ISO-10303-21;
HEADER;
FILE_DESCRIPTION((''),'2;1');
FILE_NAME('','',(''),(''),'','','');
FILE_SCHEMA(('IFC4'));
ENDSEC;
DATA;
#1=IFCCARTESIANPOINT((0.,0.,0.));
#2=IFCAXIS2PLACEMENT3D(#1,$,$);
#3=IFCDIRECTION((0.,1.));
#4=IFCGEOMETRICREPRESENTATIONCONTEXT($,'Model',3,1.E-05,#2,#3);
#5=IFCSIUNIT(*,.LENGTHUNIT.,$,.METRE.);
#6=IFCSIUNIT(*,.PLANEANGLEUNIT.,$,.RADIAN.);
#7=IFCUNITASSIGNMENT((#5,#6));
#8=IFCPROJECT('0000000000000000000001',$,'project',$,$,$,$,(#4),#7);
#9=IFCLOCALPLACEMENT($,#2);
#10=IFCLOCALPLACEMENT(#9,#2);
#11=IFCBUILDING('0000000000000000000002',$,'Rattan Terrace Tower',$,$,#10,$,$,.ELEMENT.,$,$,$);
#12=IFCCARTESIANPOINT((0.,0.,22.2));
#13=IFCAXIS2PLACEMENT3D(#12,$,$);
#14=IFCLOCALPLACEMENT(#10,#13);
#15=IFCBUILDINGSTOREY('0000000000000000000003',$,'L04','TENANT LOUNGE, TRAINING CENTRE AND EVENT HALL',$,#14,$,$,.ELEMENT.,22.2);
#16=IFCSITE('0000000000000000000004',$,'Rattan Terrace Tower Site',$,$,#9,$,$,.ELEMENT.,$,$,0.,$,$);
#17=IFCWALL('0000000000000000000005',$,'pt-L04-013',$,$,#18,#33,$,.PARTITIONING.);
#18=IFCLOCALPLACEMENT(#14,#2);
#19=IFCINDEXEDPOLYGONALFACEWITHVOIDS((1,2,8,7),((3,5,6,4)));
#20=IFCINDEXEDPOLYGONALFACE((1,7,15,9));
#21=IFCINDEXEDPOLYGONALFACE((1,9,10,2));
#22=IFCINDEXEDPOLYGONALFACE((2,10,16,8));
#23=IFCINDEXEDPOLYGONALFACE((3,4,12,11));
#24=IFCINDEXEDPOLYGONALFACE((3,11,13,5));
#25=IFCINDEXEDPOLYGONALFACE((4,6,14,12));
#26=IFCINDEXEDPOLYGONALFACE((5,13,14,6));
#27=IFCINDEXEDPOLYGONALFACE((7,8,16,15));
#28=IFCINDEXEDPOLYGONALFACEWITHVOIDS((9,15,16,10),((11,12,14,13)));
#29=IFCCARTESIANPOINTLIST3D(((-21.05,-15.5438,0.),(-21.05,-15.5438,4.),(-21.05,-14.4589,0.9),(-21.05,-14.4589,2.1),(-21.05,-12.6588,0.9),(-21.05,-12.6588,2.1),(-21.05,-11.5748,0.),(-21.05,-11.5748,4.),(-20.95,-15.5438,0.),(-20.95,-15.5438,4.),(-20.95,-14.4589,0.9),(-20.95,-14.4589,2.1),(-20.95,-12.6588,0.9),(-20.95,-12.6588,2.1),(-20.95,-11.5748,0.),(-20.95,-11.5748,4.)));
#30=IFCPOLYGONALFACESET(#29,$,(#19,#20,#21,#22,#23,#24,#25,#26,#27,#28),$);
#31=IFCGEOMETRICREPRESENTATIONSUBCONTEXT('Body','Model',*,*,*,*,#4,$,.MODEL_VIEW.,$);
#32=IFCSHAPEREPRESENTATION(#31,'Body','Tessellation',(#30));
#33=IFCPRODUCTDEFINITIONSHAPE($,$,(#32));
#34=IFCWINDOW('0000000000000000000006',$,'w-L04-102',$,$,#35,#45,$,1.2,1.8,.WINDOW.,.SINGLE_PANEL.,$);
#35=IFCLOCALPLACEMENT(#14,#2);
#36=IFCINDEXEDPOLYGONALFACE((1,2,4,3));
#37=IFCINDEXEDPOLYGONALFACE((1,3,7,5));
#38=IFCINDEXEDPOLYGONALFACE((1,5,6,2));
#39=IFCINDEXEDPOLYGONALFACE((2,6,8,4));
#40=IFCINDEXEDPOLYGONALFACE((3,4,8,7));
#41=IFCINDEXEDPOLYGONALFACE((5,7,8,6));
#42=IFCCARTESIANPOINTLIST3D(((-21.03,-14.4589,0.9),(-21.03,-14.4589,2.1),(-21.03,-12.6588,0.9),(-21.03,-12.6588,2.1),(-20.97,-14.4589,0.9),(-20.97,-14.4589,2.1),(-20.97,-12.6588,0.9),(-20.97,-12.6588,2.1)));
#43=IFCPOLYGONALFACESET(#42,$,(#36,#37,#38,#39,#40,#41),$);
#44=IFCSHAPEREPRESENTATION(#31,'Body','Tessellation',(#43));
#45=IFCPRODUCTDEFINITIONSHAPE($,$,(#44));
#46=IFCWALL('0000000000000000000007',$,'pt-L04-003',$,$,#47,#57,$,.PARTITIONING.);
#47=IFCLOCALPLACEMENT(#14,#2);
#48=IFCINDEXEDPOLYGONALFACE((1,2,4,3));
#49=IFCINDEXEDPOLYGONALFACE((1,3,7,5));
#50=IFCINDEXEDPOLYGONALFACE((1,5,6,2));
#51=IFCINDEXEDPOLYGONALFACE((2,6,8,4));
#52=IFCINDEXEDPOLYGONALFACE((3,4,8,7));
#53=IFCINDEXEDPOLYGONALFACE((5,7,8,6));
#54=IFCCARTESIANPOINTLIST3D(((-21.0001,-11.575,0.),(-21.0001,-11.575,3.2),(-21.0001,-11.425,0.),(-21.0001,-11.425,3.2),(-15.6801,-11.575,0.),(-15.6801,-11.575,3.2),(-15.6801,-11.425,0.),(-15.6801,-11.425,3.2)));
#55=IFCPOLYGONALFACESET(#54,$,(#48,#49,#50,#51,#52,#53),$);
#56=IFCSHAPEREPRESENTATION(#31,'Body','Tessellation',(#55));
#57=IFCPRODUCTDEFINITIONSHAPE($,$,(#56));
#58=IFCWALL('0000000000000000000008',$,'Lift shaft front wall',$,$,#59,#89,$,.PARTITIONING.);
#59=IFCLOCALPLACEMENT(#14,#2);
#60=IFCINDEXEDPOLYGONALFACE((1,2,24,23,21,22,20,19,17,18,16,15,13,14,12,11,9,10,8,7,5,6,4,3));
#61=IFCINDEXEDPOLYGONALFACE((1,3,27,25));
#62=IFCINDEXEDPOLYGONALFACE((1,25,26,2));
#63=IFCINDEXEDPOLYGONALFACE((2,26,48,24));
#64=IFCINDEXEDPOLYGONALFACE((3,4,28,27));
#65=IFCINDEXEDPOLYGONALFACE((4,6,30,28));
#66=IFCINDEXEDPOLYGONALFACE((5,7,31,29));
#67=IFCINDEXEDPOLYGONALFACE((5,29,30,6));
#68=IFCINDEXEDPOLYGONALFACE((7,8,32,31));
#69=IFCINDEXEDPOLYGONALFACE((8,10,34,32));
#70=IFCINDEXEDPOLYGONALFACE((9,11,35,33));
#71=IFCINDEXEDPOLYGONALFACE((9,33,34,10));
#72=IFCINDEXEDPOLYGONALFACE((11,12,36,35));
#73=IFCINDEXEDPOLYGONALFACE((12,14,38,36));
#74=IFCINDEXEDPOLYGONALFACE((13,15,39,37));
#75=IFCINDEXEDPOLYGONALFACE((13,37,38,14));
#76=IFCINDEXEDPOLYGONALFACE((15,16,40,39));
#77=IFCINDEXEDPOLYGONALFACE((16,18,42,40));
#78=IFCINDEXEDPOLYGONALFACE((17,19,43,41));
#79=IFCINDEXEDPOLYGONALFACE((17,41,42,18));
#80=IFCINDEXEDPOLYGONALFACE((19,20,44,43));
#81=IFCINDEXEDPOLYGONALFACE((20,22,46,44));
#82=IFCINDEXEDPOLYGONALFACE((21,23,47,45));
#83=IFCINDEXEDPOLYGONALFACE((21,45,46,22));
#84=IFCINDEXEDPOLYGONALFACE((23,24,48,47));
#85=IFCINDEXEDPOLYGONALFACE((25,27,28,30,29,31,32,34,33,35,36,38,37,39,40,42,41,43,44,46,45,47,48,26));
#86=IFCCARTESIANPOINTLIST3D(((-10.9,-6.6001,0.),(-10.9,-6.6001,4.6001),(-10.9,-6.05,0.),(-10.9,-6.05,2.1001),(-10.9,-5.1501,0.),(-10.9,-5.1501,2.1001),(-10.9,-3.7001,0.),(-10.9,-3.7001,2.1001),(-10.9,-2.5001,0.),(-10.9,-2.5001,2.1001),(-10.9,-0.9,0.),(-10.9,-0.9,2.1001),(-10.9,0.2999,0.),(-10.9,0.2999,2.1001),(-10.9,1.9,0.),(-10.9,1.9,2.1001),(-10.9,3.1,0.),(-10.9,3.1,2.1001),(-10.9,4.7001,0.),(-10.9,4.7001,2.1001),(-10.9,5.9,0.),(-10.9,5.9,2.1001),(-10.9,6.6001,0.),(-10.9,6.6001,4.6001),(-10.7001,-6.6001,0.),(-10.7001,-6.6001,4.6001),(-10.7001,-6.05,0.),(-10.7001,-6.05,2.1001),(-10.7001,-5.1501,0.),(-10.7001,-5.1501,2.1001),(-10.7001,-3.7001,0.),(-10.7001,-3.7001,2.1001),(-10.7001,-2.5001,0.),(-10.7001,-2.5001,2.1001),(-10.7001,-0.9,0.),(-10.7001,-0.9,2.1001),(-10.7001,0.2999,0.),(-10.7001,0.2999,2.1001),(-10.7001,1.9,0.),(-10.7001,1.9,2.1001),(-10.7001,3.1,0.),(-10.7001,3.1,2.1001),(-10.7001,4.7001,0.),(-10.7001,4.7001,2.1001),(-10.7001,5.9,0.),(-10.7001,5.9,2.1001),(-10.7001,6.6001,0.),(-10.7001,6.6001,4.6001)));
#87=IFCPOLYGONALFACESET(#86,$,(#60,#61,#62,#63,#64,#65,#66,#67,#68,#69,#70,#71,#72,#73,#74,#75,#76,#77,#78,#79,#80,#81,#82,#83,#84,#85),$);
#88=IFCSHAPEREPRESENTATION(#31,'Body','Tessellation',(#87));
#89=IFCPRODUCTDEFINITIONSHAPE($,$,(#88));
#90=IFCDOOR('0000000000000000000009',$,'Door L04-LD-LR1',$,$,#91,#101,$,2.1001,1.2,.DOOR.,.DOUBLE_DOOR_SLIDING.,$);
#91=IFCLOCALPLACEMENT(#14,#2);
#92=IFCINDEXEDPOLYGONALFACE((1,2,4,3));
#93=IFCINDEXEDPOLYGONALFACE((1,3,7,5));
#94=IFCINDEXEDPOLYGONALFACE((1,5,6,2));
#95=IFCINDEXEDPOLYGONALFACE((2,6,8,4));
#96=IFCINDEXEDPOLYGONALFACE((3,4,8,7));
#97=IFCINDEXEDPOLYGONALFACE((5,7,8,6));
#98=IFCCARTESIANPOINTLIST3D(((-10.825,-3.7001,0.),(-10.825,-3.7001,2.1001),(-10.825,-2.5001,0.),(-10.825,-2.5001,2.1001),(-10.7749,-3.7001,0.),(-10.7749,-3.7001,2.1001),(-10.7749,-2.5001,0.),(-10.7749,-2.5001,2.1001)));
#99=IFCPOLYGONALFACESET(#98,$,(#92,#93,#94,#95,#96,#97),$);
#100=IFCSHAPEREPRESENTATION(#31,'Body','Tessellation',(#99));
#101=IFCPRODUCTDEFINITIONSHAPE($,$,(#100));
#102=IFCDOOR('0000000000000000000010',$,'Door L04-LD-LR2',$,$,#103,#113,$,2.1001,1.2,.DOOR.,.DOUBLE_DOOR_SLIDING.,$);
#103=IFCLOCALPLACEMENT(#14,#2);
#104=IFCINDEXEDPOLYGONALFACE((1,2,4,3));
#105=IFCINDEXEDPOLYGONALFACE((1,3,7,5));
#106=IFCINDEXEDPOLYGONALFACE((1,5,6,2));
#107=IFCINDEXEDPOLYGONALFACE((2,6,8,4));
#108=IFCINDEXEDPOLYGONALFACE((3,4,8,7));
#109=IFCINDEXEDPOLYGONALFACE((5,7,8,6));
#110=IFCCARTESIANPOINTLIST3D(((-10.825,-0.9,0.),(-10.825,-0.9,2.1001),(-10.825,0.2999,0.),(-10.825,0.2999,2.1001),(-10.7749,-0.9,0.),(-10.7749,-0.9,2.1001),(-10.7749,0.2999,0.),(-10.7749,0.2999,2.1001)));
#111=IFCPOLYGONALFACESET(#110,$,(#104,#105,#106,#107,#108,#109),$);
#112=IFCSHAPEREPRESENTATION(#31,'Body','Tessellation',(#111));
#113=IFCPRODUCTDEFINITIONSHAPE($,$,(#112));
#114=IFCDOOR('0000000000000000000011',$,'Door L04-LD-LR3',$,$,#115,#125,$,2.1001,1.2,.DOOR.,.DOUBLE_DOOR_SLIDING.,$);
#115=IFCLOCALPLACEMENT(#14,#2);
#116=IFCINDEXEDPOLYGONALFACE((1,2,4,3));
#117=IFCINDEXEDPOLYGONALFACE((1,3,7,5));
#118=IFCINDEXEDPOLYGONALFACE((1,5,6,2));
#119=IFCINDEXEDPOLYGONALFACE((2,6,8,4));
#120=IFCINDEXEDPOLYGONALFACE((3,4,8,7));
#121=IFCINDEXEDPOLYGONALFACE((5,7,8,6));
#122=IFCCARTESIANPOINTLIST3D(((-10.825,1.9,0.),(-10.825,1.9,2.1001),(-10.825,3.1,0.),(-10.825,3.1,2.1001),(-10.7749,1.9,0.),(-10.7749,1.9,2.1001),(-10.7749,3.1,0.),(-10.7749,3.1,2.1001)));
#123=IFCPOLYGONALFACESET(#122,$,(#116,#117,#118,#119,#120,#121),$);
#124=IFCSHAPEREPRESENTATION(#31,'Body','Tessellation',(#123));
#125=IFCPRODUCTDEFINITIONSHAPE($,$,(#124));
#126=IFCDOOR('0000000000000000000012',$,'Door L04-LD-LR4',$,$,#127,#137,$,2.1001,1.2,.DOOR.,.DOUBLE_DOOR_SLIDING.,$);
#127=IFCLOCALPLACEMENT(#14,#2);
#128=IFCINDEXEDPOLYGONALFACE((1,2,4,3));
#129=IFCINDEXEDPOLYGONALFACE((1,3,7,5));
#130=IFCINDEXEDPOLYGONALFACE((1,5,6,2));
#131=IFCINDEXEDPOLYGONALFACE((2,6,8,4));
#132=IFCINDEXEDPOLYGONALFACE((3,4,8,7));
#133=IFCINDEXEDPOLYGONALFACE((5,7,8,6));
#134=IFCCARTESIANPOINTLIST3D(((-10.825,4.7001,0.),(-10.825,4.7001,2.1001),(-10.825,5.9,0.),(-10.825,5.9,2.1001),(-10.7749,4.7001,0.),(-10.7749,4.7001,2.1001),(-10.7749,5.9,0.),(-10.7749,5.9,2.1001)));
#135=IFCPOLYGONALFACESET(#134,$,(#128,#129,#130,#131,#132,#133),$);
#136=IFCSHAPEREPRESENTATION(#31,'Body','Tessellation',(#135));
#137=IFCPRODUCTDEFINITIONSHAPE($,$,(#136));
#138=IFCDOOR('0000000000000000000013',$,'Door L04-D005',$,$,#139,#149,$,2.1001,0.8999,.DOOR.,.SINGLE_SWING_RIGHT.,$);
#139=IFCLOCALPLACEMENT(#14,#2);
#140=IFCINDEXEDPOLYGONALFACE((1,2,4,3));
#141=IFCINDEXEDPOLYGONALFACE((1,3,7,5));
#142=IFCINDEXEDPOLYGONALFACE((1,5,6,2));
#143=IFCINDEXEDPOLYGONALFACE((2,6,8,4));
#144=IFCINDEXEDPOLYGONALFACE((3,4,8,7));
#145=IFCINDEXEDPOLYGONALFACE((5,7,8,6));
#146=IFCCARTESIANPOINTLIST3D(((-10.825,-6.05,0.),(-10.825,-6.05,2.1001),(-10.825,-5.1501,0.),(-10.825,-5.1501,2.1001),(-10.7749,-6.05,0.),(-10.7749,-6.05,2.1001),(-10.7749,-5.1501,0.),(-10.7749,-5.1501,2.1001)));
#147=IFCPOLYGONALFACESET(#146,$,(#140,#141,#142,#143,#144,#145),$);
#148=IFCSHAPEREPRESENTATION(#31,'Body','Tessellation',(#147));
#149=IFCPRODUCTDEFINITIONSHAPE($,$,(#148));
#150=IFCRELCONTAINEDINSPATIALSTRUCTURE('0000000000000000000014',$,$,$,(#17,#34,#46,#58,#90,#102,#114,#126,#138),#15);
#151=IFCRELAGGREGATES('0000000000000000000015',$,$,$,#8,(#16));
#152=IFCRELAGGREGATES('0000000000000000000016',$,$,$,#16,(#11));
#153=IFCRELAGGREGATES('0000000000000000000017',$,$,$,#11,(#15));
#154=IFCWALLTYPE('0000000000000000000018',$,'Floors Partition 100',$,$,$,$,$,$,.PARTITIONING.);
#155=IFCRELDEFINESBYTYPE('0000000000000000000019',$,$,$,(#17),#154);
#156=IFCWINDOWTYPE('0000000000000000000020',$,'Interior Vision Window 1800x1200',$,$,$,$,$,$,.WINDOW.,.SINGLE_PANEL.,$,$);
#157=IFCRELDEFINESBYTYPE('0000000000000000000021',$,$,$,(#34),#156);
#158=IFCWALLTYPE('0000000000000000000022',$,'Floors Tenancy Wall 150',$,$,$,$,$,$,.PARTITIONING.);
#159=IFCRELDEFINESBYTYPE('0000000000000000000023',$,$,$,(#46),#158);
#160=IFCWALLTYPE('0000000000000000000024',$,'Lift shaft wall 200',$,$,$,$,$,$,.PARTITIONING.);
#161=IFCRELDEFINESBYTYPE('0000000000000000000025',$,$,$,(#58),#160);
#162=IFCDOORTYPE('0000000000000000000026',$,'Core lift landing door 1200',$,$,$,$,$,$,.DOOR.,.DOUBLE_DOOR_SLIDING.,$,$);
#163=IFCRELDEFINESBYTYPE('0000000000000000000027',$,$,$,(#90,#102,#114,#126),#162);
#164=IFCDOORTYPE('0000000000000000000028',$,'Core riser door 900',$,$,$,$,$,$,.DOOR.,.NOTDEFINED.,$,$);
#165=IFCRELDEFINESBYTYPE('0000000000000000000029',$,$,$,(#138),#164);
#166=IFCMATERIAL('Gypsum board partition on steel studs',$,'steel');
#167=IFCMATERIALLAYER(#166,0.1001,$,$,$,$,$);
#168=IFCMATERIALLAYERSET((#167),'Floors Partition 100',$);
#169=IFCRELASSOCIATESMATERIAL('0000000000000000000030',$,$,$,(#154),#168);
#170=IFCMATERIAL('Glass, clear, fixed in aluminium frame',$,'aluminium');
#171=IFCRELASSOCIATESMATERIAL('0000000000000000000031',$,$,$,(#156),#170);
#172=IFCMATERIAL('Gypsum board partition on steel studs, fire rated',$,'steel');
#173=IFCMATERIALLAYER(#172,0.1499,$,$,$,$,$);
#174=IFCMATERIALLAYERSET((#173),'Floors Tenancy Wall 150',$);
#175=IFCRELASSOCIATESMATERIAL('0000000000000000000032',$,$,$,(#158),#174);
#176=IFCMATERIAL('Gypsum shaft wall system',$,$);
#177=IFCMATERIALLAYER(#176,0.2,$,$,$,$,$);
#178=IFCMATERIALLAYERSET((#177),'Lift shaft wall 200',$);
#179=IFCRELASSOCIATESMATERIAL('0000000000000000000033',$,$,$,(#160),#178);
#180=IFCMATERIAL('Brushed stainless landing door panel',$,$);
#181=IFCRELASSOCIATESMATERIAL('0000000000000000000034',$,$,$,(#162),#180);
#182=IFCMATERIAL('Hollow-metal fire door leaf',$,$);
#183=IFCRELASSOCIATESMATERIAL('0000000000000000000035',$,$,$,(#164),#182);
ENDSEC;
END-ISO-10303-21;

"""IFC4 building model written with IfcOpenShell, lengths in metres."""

from ifc_helpers import new_model, si_unit, direction, frame, frame_2d, origin, place, context, subcontext, project, spatial, rectangle, extrude, material, layer, layer_set, type_object, element, fill, save


model = new_model("IFC4")

# Units and contexts
model_context = context("Model", 3, precision=1e-05, world=origin(), true_north=direction((0.0, 1.0)))
body_context = subcontext(model_context, "Body", "Model", "MODEL_VIEW")
ifc_project = project(units=[si_unit("LENGTHUNIT", "METRE"), si_unit("PLANEANGLEUNIT", "RADIAN")], contexts=[model_context])

# Site, building, storey
site_placement = place(None, origin())
site = spatial("IfcSite", under=ifc_project, at=site_placement, Name="Rattan Terrace Tower Site", CompositionType="ELEMENT", RefElevation=0.0)
building_placement = place(site_placement, origin())
building = spatial("IfcBuilding", under=site, at=building_placement, Name="Rattan Terrace Tower", CompositionType="ELEMENT")
storey_placement = place(building_placement, frame((0.0, 0.0, 22.2)))
storey = spatial("IfcBuildingStorey", under=building, at=storey_placement, Name="L04", Description="TENANT LOUNGE, TRAINING CENTRE AND EVENT HALL", CompositionType="ELEMENT", Elevation=22.2)

# Wall, opening, window
ifc_material_1 = material(Name="Gypsum board partition on steel studs", Category="steel")
ifc_layer_1 = layer(ifc_material_1, 0.1001)
ifc_layer_set_1 = layer_set([ifc_layer_1], Name="Floors Partition 100")
wall_type_1 = type_object("IfcWallType", Name="Floors Partition 100", PredefinedType="PARTITIONING", material=ifc_layer_set_1)
wall_1_placement = place(storey_placement, frame((-21.0, -11.575, 0.0), z_axis=(0.0, 0.0, 1.0), x_axis=(0.0, -1.0, 0.0)))
wall_1 = element("IfcWall", 1, at=wall_1_placement, inside=storey, type_object=wall_type_1, Name="pt-L04-013", PredefinedType="PARTITIONING", context=body_context, shape_type="SweptSolid", body=[
    extrude(rectangle(XDim=3.969, YDim=0.1001, at=frame_2d((1.9844, 0.0))), origin(), (0.0, 0.0, 1.0), 4.0),
])
opening_1_placement = place(wall_1_placement, frame((1.084, 0.0, 0.8999)))
opening_1 = element("IfcOpeningElement", 2, at=opening_1_placement, cuts=wall_1, PredefinedType="OPENING", context=body_context, shape_type="SweptSolid", body=[
    extrude(rectangle(XDim=1.8, YDim=1.2, at=frame_2d((0.8999, 0.6001))), frame((0.0, 0.0605, 0.0), z_axis=(0.0, -1.0, 0.0), x_axis=(1.0, 0.0, 0.0)), (0.0, 0.0, 1.0), 0.1211),
])
ifc_material_2 = material(Name="Glass, clear, fixed in aluminium frame", Category="aluminium")
window_type_1 = type_object("IfcWindowType", Name="Interior Vision Window 1800x1200", PartitioningType="SINGLE_PANEL", PredefinedType="WINDOW", material=ifc_material_2)
window_1_placement = place(opening_1_placement, origin())
window_1 = element("IfcWindow", 3, at=window_1_placement, inside=storey, type_object=window_type_1, Name="w-L04-102", OverallHeight=1.2, OverallWidth=1.8, PartitioningType="SINGLE_PANEL", PredefinedType="WINDOW", context=body_context, shape_type="SweptSolid", body=[
    extrude(rectangle(XDim=1.8, YDim=1.2, at=frame_2d((0.8999, 0.6001))), frame((0.0, 0.03, 0.0), z_axis=(0.0, -1.0, 0.0), x_axis=(1.0, 0.0, 0.0)), (0.0, 0.0, 1.0), 0.0601),
])
fill(opening_1, window_1)
ifc_material_3 = material(Name="Gypsum board partition on steel studs, fire rated", Category="steel")
ifc_layer_2 = layer(ifc_material_3, 0.1499)
ifc_layer_set_2 = layer_set([ifc_layer_2], Name="Floors Tenancy Wall 150")
wall_type_2 = type_object("IfcWallType", Name="Floors Tenancy Wall 150", PredefinedType="PARTITIONING", material=ifc_layer_set_2)

# Wall
wall_2_placement = place(storey_placement, frame((-15.6799, -11.5, 0.0), z_axis=(0.0, 0.0, 1.0), x_axis=(-1.0, 0.0, 0.0)))
element("IfcWall", 4, at=wall_2_placement, inside=storey, type_object=wall_type_2, Name="pt-L04-003", PredefinedType="PARTITIONING", context=body_context, shape_type="SweptSolid", body=[
    extrude(rectangle(XDim=5.3201, YDim=0.1499, at=frame_2d((2.6602, 0.0))), origin(), (0.0, 0.0, 1.0), 3.2),
])

# Wall, openings, doors
ifc_material_4 = material(Name="Gypsum shaft wall system")
ifc_layer_3 = layer(ifc_material_4, 0.2)
ifc_layer_set_3 = layer_set([ifc_layer_3], Name="Lift shaft wall 200")
wall_type_3 = type_object("IfcWallType", Name="Lift shaft wall 200", PredefinedType="PARTITIONING", material=ifc_layer_set_3)
wall_3_placement = place(storey_placement, frame((-10.8, -6.6001, 0.0), z_axis=(0.0, 0.0, 1.0), x_axis=(0.0, 1.0, 0.0)))
wall_3 = element("IfcWall", 5, at=wall_3_placement, inside=storey, type_object=wall_type_3, Name="Lift shaft front wall", PredefinedType="PARTITIONING", context=body_context, shape_type="SweptSolid", body=[
    extrude(rectangle(XDim=13.2002, YDim=0.2, at=frame_2d((6.6001, 0.0))), origin(), (0.0, 0.0, 1.0), 4.6001),
])
opening_2_placement = place(wall_3_placement, frame((0.55, 0.0, 0.0)))
opening_2 = element("IfcOpeningElement", 6, at=opening_2_placement, cuts=wall_3, PredefinedType="OPENING", context=body_context, shape_type="SweptSolid", body=[
    extrude(rectangle(XDim=0.8999, YDim=2.1001, at=frame_2d((0.45, 1.05))), frame((0.0, 0.1106, 0.0), z_axis=(0.0, -1.0, 0.0), x_axis=(1.0, 0.0, 0.0)), (0.0, 0.0, 1.0), 0.2209),
])
opening_3_placement = place(wall_3_placement, frame((2.8999, 0.0, 0.0)))
opening_3 = element("IfcOpeningElement", 7, at=opening_3_placement, cuts=wall_3, PredefinedType="OPENING", context=body_context, shape_type="SweptSolid", body=[
    extrude(rectangle(XDim=1.2, YDim=2.1001, at=frame_2d((0.6001, 1.05))), frame((0.0, 0.1106, 0.0), z_axis=(0.0, -1.0, 0.0), x_axis=(1.0, 0.0, 0.0)), (0.0, 0.0, 1.0), 0.2209),
])
opening_4_placement = place(wall_3_placement, frame((5.7, 0.0, 0.0)))
opening_4 = element("IfcOpeningElement", 8, at=opening_4_placement, cuts=wall_3, PredefinedType="OPENING", context=body_context, shape_type="SweptSolid", body=[
    extrude(rectangle(XDim=1.2, YDim=2.1001, at=frame_2d((0.6001, 1.05))), frame((0.0, 0.1106, 0.0), z_axis=(0.0, -1.0, 0.0), x_axis=(1.0, 0.0, 0.0)), (0.0, 0.0, 1.0), 0.2209),
])
opening_5_placement = place(wall_3_placement, frame((8.5, 0.0, 0.0)))
opening_5 = element("IfcOpeningElement", 9, at=opening_5_placement, cuts=wall_3, PredefinedType="OPENING", context=body_context, shape_type="SweptSolid", body=[
    extrude(rectangle(XDim=1.2, YDim=2.1001, at=frame_2d((0.6001, 1.05))), frame((0.0, 0.1106, 0.0), z_axis=(0.0, -1.0, 0.0), x_axis=(1.0, 0.0, 0.0)), (0.0, 0.0, 1.0), 0.2209),
])
opening_6_placement = place(wall_3_placement, frame((11.3, 0.0, 0.0)))
opening_6 = element("IfcOpeningElement", 10, at=opening_6_placement, cuts=wall_3, PredefinedType="OPENING", context=body_context, shape_type="SweptSolid", body=[
    extrude(rectangle(XDim=1.2, YDim=2.1001, at=frame_2d((0.6001, 1.05))), frame((0.0, 0.1106, 0.0), z_axis=(0.0, -1.0, 0.0), x_axis=(1.0, 0.0, 0.0)), (0.0, 0.0, 1.0), 0.2209),
])
ifc_material_5 = material(Name="Brushed stainless landing door panel")
door_type_1 = type_object("IfcDoorType", Name="Core lift landing door 1200", OperationType="DOUBLE_DOOR_SLIDING", PredefinedType="DOOR", material=ifc_material_5)
door_1_placement = place(opening_3_placement, origin())
door_1 = element("IfcDoor", 11, at=door_1_placement, inside=storey, type_object=door_type_1, Name="Door L04-LD-LR1", OperationType="DOUBLE_DOOR_SLIDING", OverallHeight=2.1001, OverallWidth=1.2, PredefinedType="DOOR", context=body_context, shape_type="SweptSolid", body=[
    extrude(rectangle(XDim=1.2, YDim=2.1001, at=frame_2d((0.6001, 1.05))), frame((0.0, 0.0249, 0.0), z_axis=(0.0, -1.0, 0.0), x_axis=(1.0, 0.0, 0.0)), (0.0, 0.0, 1.0), 0.05),
])
fill(opening_3, door_1)
door_2_placement = place(opening_4_placement, origin())
door_2 = element("IfcDoor", 12, at=door_2_placement, inside=storey, type_object=door_type_1, Name="Door L04-LD-LR2", OperationType="DOUBLE_DOOR_SLIDING", OverallHeight=2.1001, OverallWidth=1.2, PredefinedType="DOOR", context=body_context, shape_type="SweptSolid", body=[
    extrude(rectangle(XDim=1.2, YDim=2.1001, at=frame_2d((0.6001, 1.05))), frame((0.0, 0.0249, 0.0), z_axis=(0.0, -1.0, 0.0), x_axis=(1.0, 0.0, 0.0)), (0.0, 0.0, 1.0), 0.05),
])
fill(opening_4, door_2)
door_3_placement = place(opening_5_placement, origin())
door_3 = element("IfcDoor", 13, at=door_3_placement, inside=storey, type_object=door_type_1, Name="Door L04-LD-LR3", OperationType="DOUBLE_DOOR_SLIDING", OverallHeight=2.1001, OverallWidth=1.2, PredefinedType="DOOR", context=body_context, shape_type="SweptSolid", body=[
    extrude(rectangle(XDim=1.2, YDim=2.1001, at=frame_2d((0.6001, 1.05))), frame((0.0, 0.0249, 0.0), z_axis=(0.0, -1.0, 0.0), x_axis=(1.0, 0.0, 0.0)), (0.0, 0.0, 1.0), 0.05),
])
fill(opening_5, door_3)
door_4_placement = place(opening_6_placement, origin())
door_4 = element("IfcDoor", 14, at=door_4_placement, inside=storey, type_object=door_type_1, Name="Door L04-LD-LR4", OperationType="DOUBLE_DOOR_SLIDING", OverallHeight=2.1001, OverallWidth=1.2, PredefinedType="DOOR", context=body_context, shape_type="SweptSolid", body=[
    extrude(rectangle(XDim=1.2, YDim=2.1001, at=frame_2d((0.6001, 1.05))), frame((0.0, 0.0249, 0.0), z_axis=(0.0, -1.0, 0.0), x_axis=(1.0, 0.0, 0.0)), (0.0, 0.0, 1.0), 0.05),
])
fill(opening_6, door_4)
ifc_material_6 = material(Name="Hollow-metal fire door leaf")
door_type_2 = type_object("IfcDoorType", Name="Core riser door 900", OperationType="NOTDEFINED", PredefinedType="DOOR", material=ifc_material_6)
door_5_placement = place(opening_2_placement, origin())
door_5 = element("IfcDoor", 15, at=door_5_placement, inside=storey, type_object=door_type_2, Name="Door L04-D005", OperationType="SINGLE_SWING_RIGHT", OverallHeight=2.1001, OverallWidth=0.8999, PredefinedType="DOOR", context=body_context, shape_type="SweptSolid", body=[
    extrude(rectangle(XDim=0.8999, YDim=2.1001, at=frame_2d((0.45, 1.05))), frame((0.0, 0.0249, 0.0), z_axis=(0.0, -1.0, 0.0), x_axis=(1.0, 0.0, 0.0)), (0.0, 0.0, 1.0), 0.05),
])
fill(opening_2, door_5)

save(model, "model.ifc")
